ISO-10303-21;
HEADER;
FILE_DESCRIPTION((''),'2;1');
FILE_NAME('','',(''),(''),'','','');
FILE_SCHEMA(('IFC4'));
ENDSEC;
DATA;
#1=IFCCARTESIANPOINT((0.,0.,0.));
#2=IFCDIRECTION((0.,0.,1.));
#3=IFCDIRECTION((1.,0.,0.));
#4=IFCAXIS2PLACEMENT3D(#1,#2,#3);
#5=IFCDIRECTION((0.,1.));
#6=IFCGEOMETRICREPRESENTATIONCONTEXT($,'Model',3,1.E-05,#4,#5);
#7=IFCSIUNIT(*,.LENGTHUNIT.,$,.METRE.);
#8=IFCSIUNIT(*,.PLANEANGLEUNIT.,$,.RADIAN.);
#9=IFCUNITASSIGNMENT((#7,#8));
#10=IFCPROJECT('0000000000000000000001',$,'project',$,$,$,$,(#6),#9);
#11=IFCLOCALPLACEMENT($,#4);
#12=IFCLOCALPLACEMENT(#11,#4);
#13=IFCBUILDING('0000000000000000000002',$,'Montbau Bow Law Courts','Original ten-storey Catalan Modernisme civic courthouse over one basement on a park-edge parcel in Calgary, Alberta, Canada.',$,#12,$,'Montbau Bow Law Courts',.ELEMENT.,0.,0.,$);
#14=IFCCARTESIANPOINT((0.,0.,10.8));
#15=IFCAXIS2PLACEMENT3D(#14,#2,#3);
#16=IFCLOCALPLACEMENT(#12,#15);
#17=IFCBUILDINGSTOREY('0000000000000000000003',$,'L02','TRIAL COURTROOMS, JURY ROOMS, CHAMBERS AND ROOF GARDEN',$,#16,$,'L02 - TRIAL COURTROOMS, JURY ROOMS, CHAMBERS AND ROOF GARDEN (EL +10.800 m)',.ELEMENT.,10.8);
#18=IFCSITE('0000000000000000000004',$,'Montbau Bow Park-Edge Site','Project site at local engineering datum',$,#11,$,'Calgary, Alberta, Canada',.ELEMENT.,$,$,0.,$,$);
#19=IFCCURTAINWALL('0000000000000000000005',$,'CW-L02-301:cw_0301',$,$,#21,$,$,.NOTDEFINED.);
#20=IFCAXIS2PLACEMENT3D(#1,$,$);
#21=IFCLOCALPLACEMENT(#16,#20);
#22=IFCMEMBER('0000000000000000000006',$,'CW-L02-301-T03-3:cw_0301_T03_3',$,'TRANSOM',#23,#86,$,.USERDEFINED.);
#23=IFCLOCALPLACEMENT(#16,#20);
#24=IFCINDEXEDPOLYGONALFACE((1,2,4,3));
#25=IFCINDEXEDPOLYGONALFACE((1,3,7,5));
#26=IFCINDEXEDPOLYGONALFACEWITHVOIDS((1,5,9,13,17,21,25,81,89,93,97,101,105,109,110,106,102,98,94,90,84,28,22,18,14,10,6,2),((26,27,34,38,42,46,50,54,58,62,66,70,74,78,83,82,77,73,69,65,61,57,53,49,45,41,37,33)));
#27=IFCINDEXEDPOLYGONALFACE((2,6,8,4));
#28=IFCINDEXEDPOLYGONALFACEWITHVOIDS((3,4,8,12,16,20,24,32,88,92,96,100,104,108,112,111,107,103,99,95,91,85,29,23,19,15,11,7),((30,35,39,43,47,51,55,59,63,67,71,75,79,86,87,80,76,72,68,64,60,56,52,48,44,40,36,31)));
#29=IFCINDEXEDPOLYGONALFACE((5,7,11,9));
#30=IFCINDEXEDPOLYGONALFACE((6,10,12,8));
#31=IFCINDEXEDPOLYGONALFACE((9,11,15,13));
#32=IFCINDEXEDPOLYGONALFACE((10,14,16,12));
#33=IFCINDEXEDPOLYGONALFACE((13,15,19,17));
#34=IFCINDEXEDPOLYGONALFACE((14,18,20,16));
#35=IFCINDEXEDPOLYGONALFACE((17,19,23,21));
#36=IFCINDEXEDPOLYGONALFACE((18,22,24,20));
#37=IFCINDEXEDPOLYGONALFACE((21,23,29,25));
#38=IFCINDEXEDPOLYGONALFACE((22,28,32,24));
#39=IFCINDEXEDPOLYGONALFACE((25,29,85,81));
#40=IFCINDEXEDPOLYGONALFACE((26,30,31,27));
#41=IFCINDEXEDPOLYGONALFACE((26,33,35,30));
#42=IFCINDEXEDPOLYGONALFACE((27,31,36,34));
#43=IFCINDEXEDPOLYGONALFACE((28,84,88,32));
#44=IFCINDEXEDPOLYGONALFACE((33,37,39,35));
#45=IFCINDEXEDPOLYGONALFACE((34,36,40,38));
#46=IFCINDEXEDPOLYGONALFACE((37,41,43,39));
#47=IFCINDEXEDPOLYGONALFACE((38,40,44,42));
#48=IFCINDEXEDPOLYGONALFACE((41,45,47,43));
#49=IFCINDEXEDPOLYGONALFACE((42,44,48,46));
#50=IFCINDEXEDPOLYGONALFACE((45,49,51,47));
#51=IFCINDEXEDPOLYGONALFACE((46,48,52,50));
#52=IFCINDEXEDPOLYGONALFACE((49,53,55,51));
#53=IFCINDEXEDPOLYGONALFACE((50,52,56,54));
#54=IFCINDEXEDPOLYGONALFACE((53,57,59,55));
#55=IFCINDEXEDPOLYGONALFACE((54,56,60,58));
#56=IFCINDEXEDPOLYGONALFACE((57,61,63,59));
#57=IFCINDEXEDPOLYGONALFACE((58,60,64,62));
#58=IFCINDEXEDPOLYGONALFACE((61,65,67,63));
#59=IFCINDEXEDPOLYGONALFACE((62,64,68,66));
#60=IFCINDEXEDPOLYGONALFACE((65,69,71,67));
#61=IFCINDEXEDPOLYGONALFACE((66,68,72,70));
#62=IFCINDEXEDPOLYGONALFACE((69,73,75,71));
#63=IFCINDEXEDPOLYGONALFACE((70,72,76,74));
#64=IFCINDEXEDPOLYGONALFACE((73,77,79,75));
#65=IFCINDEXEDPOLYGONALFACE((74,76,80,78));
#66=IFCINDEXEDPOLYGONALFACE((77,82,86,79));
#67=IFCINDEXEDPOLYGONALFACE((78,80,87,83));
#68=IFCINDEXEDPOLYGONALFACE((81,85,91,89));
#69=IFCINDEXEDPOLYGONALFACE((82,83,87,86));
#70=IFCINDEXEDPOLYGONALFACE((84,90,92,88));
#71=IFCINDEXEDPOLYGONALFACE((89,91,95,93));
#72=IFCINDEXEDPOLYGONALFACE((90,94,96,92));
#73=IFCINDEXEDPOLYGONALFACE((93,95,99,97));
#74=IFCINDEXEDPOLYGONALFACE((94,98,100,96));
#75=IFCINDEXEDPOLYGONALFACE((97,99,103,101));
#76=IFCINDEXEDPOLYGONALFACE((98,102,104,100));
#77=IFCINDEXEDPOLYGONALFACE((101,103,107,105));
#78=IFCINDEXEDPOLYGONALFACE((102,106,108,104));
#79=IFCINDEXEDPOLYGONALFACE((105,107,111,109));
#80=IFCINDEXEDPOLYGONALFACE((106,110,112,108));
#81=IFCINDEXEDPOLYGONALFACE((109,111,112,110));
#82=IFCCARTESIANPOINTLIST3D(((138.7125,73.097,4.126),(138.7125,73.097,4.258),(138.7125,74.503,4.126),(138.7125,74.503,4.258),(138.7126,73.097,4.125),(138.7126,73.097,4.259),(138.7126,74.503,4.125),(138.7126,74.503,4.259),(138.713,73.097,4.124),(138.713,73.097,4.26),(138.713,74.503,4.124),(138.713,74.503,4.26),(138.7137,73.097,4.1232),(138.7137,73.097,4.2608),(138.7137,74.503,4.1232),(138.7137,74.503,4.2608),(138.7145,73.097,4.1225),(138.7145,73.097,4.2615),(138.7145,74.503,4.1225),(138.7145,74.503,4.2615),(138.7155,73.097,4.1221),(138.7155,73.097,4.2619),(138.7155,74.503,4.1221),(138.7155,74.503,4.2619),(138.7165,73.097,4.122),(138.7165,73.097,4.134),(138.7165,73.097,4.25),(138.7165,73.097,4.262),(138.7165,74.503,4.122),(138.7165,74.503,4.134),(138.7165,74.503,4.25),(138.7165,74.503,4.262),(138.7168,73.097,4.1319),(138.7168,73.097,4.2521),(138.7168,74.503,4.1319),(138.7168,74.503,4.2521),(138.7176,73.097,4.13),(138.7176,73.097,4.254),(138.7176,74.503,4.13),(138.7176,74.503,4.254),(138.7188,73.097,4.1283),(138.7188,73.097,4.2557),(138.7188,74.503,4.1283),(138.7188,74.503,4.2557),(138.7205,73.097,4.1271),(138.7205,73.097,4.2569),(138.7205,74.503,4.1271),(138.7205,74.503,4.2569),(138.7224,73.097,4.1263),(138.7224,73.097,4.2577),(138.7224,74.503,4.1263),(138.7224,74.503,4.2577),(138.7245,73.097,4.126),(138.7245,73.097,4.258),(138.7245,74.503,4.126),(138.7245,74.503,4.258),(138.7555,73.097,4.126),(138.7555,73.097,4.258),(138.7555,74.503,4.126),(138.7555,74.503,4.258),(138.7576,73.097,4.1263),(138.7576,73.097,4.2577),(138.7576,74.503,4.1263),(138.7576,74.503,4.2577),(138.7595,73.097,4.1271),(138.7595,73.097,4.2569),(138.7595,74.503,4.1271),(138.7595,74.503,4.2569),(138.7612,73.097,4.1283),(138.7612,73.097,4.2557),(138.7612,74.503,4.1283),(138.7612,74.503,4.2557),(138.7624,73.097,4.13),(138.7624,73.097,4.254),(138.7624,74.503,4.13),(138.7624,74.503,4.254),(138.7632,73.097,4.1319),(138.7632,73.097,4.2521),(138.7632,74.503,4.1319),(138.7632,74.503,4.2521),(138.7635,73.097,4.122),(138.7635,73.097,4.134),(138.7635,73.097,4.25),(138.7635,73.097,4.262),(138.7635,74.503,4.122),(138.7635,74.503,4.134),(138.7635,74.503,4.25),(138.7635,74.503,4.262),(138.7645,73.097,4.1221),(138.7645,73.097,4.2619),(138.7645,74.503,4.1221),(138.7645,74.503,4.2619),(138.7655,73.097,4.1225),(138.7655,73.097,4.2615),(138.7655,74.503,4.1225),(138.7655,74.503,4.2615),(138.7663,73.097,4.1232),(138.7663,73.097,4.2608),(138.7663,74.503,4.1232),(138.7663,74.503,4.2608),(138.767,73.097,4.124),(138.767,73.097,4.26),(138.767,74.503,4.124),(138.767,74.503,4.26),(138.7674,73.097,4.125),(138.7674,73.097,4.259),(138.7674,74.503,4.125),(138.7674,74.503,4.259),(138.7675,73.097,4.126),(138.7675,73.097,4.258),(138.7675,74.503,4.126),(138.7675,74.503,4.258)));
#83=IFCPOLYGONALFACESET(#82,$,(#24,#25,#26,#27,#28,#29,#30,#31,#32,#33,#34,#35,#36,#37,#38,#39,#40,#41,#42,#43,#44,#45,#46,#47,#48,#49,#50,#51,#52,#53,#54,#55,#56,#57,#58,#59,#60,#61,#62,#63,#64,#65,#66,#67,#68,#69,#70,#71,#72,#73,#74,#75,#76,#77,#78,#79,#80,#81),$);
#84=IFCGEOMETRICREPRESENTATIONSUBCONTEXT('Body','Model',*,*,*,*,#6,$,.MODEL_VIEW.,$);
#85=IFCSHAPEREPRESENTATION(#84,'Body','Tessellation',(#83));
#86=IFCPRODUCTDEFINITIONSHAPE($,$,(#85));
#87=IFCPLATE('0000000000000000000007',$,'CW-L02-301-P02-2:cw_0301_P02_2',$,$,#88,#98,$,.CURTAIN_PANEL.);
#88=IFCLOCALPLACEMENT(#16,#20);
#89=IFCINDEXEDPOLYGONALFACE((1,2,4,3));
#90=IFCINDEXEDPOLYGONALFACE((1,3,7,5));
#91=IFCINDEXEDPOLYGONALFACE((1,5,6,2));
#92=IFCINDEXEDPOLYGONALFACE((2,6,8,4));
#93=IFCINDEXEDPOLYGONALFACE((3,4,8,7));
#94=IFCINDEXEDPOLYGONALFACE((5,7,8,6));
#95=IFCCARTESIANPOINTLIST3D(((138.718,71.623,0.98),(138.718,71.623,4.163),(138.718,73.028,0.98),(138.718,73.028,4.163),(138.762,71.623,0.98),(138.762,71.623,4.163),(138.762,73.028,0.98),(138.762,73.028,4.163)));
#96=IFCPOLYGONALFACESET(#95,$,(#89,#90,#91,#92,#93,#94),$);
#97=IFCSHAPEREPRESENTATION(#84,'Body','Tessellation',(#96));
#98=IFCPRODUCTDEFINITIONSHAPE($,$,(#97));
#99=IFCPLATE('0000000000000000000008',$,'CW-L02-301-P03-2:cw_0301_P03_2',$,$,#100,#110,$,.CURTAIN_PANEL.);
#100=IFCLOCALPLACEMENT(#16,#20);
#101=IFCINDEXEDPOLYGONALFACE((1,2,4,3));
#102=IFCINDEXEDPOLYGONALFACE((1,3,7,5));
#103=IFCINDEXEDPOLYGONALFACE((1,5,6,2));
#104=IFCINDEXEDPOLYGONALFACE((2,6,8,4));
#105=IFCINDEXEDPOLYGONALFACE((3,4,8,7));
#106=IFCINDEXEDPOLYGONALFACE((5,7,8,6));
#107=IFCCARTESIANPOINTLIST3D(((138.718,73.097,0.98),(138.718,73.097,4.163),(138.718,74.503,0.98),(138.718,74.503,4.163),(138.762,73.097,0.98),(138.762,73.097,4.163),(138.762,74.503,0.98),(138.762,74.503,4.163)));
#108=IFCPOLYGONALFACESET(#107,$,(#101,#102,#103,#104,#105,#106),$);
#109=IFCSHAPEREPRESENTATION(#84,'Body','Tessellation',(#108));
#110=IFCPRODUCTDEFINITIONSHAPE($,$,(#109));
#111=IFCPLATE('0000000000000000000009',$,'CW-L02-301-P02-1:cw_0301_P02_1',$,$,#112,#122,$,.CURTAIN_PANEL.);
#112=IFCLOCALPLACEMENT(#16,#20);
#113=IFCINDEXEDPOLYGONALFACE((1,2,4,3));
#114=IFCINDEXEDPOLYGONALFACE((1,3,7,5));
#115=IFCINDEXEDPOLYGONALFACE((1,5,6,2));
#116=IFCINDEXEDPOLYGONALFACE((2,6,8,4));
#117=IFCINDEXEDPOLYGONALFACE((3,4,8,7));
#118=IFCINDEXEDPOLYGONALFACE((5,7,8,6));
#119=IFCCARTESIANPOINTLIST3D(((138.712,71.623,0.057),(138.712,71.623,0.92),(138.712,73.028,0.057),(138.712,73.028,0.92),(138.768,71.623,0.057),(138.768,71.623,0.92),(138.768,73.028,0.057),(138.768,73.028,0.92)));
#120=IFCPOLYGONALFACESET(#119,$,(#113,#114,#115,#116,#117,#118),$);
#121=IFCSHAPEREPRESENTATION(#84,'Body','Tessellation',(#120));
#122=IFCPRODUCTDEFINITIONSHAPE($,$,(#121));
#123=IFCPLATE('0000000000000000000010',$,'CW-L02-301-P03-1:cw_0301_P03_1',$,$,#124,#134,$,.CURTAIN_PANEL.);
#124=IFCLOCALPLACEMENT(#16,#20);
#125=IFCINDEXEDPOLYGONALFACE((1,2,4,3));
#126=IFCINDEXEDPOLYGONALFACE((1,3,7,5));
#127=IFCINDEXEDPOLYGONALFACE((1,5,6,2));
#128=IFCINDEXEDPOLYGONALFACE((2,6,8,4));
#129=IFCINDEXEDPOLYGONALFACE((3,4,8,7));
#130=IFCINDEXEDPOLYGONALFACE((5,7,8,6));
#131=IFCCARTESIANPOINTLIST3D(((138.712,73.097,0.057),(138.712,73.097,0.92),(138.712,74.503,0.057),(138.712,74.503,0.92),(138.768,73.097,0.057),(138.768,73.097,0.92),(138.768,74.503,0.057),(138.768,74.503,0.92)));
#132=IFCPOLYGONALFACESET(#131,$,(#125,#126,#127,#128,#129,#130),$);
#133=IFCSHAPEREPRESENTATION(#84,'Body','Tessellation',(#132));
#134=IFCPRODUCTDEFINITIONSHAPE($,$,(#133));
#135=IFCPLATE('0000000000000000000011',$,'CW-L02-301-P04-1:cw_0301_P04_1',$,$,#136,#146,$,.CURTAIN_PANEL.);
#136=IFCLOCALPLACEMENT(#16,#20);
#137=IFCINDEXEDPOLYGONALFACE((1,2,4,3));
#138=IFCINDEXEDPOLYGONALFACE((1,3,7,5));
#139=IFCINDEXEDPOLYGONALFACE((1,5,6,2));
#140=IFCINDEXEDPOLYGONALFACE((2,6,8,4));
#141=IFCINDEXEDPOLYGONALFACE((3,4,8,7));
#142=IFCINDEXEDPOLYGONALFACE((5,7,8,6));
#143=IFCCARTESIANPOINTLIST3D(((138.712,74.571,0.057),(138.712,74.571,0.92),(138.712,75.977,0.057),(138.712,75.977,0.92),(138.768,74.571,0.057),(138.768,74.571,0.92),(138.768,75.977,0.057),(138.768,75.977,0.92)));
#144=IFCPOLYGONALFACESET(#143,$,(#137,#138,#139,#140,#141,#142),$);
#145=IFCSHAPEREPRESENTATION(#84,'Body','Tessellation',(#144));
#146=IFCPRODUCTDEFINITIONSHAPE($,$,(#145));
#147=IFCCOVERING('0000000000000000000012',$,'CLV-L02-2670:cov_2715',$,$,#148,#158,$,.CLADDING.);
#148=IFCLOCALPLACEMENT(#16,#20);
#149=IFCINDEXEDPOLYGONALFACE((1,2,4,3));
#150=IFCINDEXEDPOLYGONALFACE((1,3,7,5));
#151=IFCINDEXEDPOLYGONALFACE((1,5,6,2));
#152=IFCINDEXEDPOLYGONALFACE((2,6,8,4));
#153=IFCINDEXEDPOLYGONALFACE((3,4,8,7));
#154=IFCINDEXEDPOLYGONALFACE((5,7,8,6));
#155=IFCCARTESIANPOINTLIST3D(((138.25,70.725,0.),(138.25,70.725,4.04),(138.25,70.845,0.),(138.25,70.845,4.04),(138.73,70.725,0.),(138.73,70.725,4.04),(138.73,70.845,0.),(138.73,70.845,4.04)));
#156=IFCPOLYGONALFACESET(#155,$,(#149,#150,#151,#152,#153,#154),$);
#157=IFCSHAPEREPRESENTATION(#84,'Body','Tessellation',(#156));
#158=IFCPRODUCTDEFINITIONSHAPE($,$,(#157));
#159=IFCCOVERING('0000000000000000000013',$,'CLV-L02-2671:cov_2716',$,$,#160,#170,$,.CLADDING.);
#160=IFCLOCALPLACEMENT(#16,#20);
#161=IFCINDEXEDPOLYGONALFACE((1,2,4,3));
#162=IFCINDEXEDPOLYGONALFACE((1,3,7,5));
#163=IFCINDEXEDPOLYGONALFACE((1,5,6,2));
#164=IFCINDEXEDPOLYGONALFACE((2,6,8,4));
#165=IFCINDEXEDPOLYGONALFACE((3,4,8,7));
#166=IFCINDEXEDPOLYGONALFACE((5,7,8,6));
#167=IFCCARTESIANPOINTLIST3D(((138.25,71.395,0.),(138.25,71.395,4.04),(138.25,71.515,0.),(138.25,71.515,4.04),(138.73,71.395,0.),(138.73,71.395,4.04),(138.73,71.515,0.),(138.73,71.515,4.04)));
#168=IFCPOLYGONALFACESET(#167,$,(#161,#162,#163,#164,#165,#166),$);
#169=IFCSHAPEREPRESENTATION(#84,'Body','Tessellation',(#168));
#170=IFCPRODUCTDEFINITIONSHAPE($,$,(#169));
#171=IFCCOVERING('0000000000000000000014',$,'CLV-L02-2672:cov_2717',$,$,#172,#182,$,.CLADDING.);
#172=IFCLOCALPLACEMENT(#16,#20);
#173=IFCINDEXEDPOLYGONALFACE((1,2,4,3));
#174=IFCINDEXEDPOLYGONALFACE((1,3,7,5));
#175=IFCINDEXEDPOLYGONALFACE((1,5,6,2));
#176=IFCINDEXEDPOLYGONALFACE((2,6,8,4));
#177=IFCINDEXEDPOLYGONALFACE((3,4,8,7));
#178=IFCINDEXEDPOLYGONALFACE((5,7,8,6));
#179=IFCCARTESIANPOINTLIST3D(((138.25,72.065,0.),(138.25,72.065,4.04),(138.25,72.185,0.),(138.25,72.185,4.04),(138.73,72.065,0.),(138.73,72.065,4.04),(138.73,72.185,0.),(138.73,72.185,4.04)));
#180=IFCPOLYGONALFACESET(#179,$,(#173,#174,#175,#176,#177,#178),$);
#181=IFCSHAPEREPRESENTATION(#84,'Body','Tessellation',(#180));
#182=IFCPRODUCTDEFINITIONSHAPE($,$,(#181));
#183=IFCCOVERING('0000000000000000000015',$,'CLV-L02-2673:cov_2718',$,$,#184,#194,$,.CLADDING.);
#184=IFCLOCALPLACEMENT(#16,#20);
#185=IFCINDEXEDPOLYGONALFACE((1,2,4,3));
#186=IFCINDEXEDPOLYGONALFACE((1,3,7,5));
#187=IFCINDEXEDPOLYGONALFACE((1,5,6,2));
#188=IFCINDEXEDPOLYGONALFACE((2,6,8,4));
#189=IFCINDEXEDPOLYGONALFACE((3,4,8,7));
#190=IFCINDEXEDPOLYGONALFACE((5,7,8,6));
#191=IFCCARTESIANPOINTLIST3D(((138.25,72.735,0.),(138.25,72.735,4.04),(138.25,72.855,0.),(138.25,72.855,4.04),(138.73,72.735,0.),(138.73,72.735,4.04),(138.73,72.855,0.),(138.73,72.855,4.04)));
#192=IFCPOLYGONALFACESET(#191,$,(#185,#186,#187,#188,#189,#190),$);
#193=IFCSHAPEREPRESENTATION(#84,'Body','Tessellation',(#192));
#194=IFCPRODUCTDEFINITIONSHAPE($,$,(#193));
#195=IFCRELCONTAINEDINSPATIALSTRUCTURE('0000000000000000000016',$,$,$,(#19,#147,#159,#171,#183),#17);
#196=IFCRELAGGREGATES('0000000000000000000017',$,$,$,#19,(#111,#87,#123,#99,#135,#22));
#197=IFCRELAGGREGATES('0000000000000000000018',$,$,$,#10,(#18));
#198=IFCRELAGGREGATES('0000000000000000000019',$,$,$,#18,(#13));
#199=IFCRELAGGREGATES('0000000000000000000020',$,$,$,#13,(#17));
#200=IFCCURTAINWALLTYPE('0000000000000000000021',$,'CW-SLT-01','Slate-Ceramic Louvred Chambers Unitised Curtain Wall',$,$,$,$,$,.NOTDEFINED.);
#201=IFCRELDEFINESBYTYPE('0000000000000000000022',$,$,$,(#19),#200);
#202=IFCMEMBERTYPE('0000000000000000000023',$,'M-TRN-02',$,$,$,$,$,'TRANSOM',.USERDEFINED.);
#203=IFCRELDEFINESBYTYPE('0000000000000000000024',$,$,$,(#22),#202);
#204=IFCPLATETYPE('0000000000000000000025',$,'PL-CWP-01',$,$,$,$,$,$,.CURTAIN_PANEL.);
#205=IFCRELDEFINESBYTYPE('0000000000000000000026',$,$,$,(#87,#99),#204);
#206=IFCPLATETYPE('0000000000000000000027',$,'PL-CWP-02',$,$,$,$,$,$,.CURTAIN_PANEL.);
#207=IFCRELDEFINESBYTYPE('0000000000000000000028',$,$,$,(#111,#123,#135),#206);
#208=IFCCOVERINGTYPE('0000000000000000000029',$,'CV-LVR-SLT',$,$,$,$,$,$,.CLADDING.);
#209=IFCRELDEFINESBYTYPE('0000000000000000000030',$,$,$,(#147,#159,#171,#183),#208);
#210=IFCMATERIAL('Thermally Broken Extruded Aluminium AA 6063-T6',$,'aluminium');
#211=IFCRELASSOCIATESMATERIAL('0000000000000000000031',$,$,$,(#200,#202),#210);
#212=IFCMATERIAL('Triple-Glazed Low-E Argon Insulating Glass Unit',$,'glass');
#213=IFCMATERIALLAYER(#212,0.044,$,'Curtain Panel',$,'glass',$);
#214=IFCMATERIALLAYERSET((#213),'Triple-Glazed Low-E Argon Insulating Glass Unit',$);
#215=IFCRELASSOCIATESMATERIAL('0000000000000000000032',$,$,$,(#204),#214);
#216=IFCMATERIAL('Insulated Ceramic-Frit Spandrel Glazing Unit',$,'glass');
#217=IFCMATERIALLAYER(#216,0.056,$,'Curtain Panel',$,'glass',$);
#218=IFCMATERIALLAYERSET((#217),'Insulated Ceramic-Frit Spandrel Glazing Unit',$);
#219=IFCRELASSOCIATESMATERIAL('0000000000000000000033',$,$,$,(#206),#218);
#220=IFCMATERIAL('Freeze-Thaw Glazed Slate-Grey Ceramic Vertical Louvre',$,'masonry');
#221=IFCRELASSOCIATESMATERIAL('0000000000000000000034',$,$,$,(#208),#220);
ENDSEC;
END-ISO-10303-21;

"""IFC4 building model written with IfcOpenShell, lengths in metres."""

from ifc_helpers import new_model, si_unit, direction, frame, frame_2d, origin_with_axes, origin_2d_with_axis, place, context, subcontext, project, spatial, rectangle, hollow_rectangle, extrude, material, layer, layer_set, material_profile, profile_set, type_object, element, aggregate, save


model = new_model("IFC4")

# Units and contexts
model_context = context("Model", 3, precision=1e-05, world=origin_with_axes(), true_north=direction((0.0, 1.0)))
body_context = subcontext(model_context, "Body", "Model", "MODEL_VIEW")
ifc_project = project(units=[si_unit("LENGTHUNIT", "METRE"), si_unit("PLANEANGLEUNIT", "RADIAN")], contexts=[model_context])

# Site, building, storey
site_placement = place(None, origin_with_axes())
site = spatial("IfcSite", under=ifc_project, at=site_placement, Name="Montbau Bow Park-Edge Site", Description="Project site at local engineering datum", LongName="Calgary, Alberta, Canada", CompositionType="ELEMENT", RefElevation=0.0)
building_placement = place(site_placement, origin_with_axes())
building = spatial("IfcBuilding", under=site, at=building_placement, Name="Montbau Bow Law Courts", Description="Original ten-storey Catalan Modernisme civic courthouse over one basement on a park-edge parcel in Calgary, Alberta, Canada.", LongName="Montbau Bow Law Courts", CompositionType="ELEMENT", ElevationOfRefHeight=0.0, ElevationOfTerrain=0.0)
storey_placement = place(building_placement, frame((0.0, 0.0, 10.8), z_axis=(0.0, 0.0, 1.0), x_axis=(1.0, 0.0, 0.0)))
storey = spatial("IfcBuildingStorey", under=building, at=storey_placement, Name="L02", Description="TRIAL COURTROOMS, JURY ROOMS, CHAMBERS AND ROOF GARDEN", LongName="L02 - TRIAL COURTROOMS, JURY ROOMS, CHAMBERS AND ROOF GARDEN (EL +10.800 m)", CompositionType="ELEMENT", Elevation=10.8)

# Curtain wall, member, plates
ifc_material_1 = material(Name="Thermally Broken Extruded Aluminium AA 6063-T6", Category="aluminium")
curtain_wall_type = type_object("IfcCurtainWallType", Name="CW-SLT-01", Description="Slate-Ceramic Louvred Chambers Unitised Curtain Wall", PredefinedType="NOTDEFINED", material=ifc_material_1)
curtain_wall_placement = place(None, frame((138.74, 70.115, 10.8), z_axis=(0.0, 0.0, 1.0), x_axis=(1.0, 0.0, 0.0)))
curtain_wall = element("IfcCurtainWall", 1, at=curtain_wall_placement, inside=storey, type_object=curtain_wall_type, Name="CW-L02-301:cw_0301", PredefinedType="NOTDEFINED")
ifc_material_profile_1 = material_profile(ifc_material_1, hollow_rectangle(XDim=0.055, YDim=0.14, WallThickness=0.004, InnerFilletRadius=0.008, OuterFilletRadius=0.004, at=origin_2d_with_axis()), Name="CWT-140X55", Category="Main", Priority=0)
ifc_profile_set_1 = profile_set([ifc_material_profile_1], Name="Thermally Broken Extruded Aluminium AA 6063-T6")
member_type_1 = type_object("IfcMemberType", Name="M-TRN-02", ElementType="TRANSOM", PredefinedType="USERDEFINED", material=ifc_profile_set_1)
member_1_placement = place(None, frame((138.74, 73.097, 14.992), z_axis=(0.0, 1.0, 0.0), x_axis=(-1.0, 0.0, 0.0)))
member_1 = element("IfcMember", 2, at=member_1_placement, type_object=member_type_1, Name="CW-L02-301-T03-3:cw_0301_T03_3", ObjectType="TRANSOM", PredefinedType="USERDEFINED", context=body_context, shape_type="SweptSolid", body=[
    extrude(hollow_rectangle(XDim=0.055, YDim=0.14, WallThickness=0.004, InnerFilletRadius=0.008, OuterFilletRadius=0.004, at=origin_2d_with_axis()), origin_with_axes(), (0.0, 0.0, 1.0), 1.406),
])
ifc_material_2 = material(Name="Triple-Glazed Low-E Argon Insulating Glass Unit", Category="glass")
ifc_layer_1 = layer(ifc_material_2, 0.044, Name="Curtain Panel", Category="glass")
ifc_layer_set_1 = layer_set([ifc_layer_1], Name="Triple-Glazed Low-E Argon Insulating Glass Unit")
plate_type_1 = type_object("IfcPlateType", Name="PL-CWP-01", PredefinedType="CURTAIN_PANEL", material=ifc_layer_set_1)
plate_1_placement = place(None, frame((138.74, 71.623, 11.78), z_axis=(1.0, 0.0, 0.0), x_axis=(0.0, 1.0, 0.0)))
plate_1 = element("IfcPlate", 3, at=plate_1_placement, type_object=plate_type_1, Name="CW-L02-301-P02-2:cw_0301_P02_2", PredefinedType="CURTAIN_PANEL", context=body_context, shape_type="SweptSolid", body=[
    extrude(rectangle(XDim=1.405, YDim=3.183, at=frame_2d((0.7025, 1.5915), x_axis=(1.0, 0.0))), frame((0.0, 0.0, -0.022), z_axis=(0.0, 0.0, 1.0), x_axis=(1.0, 0.0, 0.0)), (0.0, 0.0, 1.0), 0.044),
])
plate_2_placement = place(None, frame((138.74, 73.097, 11.78), z_axis=(1.0, 0.0, 0.0), x_axis=(0.0, 1.0, 0.0)))
plate_2 = element("IfcPlate", 4, at=plate_2_placement, type_object=plate_type_1, Name="CW-L02-301-P03-2:cw_0301_P03_2", PredefinedType="CURTAIN_PANEL", context=body_context, shape_type="SweptSolid", body=[
    extrude(rectangle(XDim=1.406, YDim=3.183, at=frame_2d((0.703, 1.5915), x_axis=(1.0, 0.0))), frame((0.0, 0.0, -0.022), z_axis=(0.0, 0.0, 1.0), x_axis=(1.0, 0.0, 0.0)), (0.0, 0.0, 1.0), 0.044),
])
ifc_material_3 = material(Name="Insulated Ceramic-Frit Spandrel Glazing Unit", Category="glass")
ifc_layer_2 = layer(ifc_material_3, 0.056, Name="Curtain Panel", Category="glass")
ifc_layer_set_2 = layer_set([ifc_layer_2], Name="Insulated Ceramic-Frit Spandrel Glazing Unit")
plate_type_2 = type_object("IfcPlateType", Name="PL-CWP-02", PredefinedType="CURTAIN_PANEL", material=ifc_layer_set_2)
plate_3_placement = place(None, frame((138.74, 71.623, 10.857), z_axis=(1.0, 0.0, 0.0), x_axis=(0.0, 1.0, 0.0)))
plate_3 = element("IfcPlate", 5, at=plate_3_placement, type_object=plate_type_2, Name="CW-L02-301-P02-1:cw_0301_P02_1", PredefinedType="CURTAIN_PANEL", context=body_context, shape_type="SweptSolid", body=[
    extrude(rectangle(XDim=1.405, YDim=0.863, at=frame_2d((0.7025, 0.4315), x_axis=(1.0, 0.0))), frame((0.0, 0.0, -0.028), z_axis=(0.0, 0.0, 1.0), x_axis=(1.0, 0.0, 0.0)), (0.0, 0.0, 1.0), 0.056),
])
plate_4_placement = place(None, frame((138.74, 73.097, 10.857), z_axis=(1.0, 0.0, 0.0), x_axis=(0.0, 1.0, 0.0)))
plate_4 = element("IfcPlate", 6, at=plate_4_placement, type_object=plate_type_2, Name="CW-L02-301-P03-1:cw_0301_P03_1", PredefinedType="CURTAIN_PANEL", context=body_context, shape_type="SweptSolid", body=[
    extrude(rectangle(XDim=1.406, YDim=0.863, at=frame_2d((0.703, 0.4315), x_axis=(1.0, 0.0))), frame((0.0, 0.0, -0.028), z_axis=(0.0, 0.0, 1.0), x_axis=(1.0, 0.0, 0.0)), (0.0, 0.0, 1.0), 0.056),
])
plate_5_placement = place(None, frame((138.74, 74.571, 10.857), z_axis=(1.0, 0.0, 0.0), x_axis=(0.0, 1.0, 0.0)))
plate_5 = element("IfcPlate", 7, at=plate_5_placement, type_object=plate_type_2, Name="CW-L02-301-P04-1:cw_0301_P04_1", PredefinedType="CURTAIN_PANEL", context=body_context, shape_type="SweptSolid", body=[
    extrude(rectangle(XDim=1.406, YDim=0.863, at=frame_2d((0.703, 0.4315), x_axis=(1.0, 0.0))), frame((0.0, 0.0, -0.028), z_axis=(0.0, 0.0, 1.0), x_axis=(1.0, 0.0, 0.0)), (0.0, 0.0, 1.0), 0.056),
])
aggregate(curtain_wall, [plate_3, plate_1, plate_4, plate_2, plate_5, member_1])

# Coverings
ifc_material_4 = material(Name="Freeze-Thaw Glazed Slate-Grey Ceramic Vertical Louvre", Category="masonry")
covering_type = type_object("IfcCoveringType", Name="CV-LVR-SLT", PredefinedType="CLADDING", material=ifc_material_4)
for number, where, z_axis, x_axis, name in (
    (8, (138.73, 70.785, 10.8), (0.0, 1.0, 0.0), (-1.0, 0.0, 0.0), "CLV-L02-2670:cov_2715"),
    (9, (138.73, 71.455, 10.8), (0.0, 1.0, 0.0), (-1.0, 0.0, 0.0), "CLV-L02-2671:cov_2716"),
    (10, (138.73, 72.125, 10.8), (0.0, 1.0, 0.0), (-1.0, 0.0, 0.0), "CLV-L02-2672:cov_2717"),
    (11, (138.73, 72.795, 10.8), (0.0, 1.0, 0.0), (-1.0, 0.0, 0.0), "CLV-L02-2673:cov_2718"),
):
    element("IfcCovering", number, at=place(None, frame(where, z_axis=z_axis, x_axis=x_axis)), inside=storey, type_object=covering_type, Name=name, PredefinedType="CLADDING", context=body_context, shape_type="SweptSolid", body=[
        extrude(rectangle(XDim=0.48, YDim=4.04, at=frame_2d((0.24, 2.02), x_axis=(1.0, 0.0))), frame((0.0, 0.0, -0.06), z_axis=(0.0, 0.0, 1.0), x_axis=(1.0, 0.0, 0.0)), (0.0, 0.0, 1.0), 0.12),
    ])

save(model, "model.ifc")
